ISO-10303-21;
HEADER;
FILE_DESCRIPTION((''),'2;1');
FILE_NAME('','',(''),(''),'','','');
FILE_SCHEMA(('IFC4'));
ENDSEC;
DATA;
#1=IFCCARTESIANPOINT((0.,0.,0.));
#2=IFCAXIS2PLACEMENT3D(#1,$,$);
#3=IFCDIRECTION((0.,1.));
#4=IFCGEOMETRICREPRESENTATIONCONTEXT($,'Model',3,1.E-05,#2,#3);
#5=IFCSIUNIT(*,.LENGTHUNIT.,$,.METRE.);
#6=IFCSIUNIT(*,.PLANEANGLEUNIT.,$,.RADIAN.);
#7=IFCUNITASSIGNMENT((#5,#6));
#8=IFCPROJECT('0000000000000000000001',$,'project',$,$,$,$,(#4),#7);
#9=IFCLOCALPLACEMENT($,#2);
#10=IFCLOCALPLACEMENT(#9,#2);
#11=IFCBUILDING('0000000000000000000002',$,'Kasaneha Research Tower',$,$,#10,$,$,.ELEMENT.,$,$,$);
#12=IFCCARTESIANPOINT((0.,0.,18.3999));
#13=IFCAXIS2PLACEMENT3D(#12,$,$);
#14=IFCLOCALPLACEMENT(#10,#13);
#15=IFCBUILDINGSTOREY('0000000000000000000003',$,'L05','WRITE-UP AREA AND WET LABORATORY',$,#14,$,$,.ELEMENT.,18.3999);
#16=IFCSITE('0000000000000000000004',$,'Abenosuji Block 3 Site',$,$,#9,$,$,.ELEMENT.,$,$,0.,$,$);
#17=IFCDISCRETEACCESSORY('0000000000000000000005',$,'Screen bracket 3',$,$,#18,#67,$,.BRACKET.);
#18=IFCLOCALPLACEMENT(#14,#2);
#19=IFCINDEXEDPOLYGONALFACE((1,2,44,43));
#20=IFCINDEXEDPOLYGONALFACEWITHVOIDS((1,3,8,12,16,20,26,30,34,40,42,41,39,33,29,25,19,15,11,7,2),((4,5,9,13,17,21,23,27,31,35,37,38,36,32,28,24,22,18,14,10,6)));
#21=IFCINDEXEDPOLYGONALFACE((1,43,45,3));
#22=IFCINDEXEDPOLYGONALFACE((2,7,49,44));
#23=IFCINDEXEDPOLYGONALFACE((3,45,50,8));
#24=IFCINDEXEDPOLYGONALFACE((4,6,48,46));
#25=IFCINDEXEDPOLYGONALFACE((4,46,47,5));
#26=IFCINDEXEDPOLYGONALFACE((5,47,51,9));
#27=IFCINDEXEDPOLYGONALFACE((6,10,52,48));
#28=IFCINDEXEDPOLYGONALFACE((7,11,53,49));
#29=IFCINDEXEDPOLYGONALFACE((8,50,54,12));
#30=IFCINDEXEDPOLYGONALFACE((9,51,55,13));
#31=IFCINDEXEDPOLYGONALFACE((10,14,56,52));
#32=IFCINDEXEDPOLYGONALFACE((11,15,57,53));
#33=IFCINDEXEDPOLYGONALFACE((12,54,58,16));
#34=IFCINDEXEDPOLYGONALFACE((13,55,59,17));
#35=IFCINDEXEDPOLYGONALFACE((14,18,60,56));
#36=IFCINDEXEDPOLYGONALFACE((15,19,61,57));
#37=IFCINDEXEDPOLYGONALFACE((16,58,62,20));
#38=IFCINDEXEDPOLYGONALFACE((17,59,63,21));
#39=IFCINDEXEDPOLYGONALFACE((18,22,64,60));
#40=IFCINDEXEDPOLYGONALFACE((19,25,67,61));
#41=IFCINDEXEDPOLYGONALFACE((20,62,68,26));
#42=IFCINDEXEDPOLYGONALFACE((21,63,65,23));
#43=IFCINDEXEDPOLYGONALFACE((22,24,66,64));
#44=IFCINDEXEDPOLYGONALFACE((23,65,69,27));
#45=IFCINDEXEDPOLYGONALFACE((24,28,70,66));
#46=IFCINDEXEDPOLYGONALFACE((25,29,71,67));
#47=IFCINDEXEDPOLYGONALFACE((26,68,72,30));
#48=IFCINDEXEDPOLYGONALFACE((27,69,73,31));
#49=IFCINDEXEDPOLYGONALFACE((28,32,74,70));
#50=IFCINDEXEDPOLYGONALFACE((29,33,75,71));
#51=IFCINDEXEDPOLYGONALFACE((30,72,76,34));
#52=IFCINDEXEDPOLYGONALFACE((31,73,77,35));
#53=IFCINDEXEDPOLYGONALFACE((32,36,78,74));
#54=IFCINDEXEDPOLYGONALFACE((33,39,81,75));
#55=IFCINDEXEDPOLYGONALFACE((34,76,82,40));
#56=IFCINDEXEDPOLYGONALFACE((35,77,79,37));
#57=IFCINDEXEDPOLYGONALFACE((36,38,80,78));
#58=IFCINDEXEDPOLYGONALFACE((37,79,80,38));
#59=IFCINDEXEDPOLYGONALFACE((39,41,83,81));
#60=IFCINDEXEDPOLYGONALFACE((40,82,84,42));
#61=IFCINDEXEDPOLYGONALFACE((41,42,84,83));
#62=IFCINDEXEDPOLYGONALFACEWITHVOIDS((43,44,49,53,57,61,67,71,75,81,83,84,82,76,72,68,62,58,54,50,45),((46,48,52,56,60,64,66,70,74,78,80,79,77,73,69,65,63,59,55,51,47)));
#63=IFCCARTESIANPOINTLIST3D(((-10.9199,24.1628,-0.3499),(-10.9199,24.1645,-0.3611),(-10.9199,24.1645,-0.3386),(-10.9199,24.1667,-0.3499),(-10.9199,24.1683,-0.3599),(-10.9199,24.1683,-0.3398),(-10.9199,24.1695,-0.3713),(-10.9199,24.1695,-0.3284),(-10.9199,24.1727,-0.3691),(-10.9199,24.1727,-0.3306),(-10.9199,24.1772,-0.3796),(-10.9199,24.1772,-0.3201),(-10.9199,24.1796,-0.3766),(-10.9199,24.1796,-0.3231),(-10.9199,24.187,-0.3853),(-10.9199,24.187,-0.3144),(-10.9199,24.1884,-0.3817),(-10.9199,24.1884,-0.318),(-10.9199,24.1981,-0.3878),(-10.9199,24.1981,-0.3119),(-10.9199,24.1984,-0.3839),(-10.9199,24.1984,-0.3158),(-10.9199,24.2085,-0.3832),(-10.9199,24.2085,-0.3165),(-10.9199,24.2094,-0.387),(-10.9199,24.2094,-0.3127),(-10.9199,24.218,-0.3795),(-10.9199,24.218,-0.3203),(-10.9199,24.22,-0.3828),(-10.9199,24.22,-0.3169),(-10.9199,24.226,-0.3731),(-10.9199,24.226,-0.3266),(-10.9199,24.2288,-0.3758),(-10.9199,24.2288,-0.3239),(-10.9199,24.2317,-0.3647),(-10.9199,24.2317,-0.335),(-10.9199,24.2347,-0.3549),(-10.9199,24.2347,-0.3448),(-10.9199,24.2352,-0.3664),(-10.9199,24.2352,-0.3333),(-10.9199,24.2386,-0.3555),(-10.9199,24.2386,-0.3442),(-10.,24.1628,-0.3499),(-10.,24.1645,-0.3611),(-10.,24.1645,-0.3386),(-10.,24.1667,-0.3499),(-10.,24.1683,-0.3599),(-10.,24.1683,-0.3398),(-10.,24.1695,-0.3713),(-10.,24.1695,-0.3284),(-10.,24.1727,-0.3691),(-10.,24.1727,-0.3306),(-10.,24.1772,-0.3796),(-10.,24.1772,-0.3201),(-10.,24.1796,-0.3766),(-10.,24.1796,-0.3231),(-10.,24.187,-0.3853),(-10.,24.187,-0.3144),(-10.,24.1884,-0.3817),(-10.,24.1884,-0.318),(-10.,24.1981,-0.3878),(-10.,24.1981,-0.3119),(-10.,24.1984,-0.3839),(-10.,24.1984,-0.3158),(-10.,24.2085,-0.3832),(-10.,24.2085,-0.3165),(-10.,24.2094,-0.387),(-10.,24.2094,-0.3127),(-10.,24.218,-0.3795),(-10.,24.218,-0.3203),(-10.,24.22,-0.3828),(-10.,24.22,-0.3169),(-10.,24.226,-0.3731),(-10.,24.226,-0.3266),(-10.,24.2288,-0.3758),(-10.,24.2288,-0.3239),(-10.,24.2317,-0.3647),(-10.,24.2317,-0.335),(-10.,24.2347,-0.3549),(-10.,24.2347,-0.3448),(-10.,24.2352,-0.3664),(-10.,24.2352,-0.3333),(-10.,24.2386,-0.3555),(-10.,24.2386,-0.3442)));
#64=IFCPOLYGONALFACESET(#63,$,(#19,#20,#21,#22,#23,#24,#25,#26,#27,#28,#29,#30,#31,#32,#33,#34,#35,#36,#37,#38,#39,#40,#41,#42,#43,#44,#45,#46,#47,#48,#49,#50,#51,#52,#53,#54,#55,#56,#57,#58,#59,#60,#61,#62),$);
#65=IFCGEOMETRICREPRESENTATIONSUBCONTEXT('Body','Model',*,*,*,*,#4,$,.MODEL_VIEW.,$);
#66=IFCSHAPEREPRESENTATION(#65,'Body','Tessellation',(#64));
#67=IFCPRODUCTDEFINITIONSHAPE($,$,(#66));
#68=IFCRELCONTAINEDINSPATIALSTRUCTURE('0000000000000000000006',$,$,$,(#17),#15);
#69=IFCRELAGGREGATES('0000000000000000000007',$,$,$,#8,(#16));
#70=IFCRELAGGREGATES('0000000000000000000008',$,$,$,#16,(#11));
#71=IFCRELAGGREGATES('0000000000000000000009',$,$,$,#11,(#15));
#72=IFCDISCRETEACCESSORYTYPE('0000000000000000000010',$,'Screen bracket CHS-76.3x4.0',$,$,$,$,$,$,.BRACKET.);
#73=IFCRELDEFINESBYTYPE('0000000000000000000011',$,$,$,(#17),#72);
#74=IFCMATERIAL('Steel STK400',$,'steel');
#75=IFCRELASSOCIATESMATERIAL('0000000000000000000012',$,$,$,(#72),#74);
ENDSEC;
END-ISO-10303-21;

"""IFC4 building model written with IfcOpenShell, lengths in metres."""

from ifc_helpers import new_model, si_unit, direction, frame, origin, origin_2d, place, context, subcontext, project, spatial, hollow_circle, extrude, material, material_profile, profile_set, type_object, element, save


model = new_model("IFC4")

# Units and contexts
model_context = context("Model", 3, precision=1e-05, world=origin(), true_north=direction((0.0, 1.0)))
body_context = subcontext(model_context, "Body", "Model", "MODEL_VIEW")
ifc_project = project(units=[si_unit("LENGTHUNIT", "METRE"), si_unit("PLANEANGLEUNIT", "RADIAN")], contexts=[model_context])

# Site, building, storey
site_placement = place(None, origin())
site = spatial("IfcSite", under=ifc_project, at=site_placement, Name="Abenosuji Block 3 Site", CompositionType="ELEMENT", RefElevation=0.0)
building_placement = place(site_placement, origin())
building = spatial("IfcBuilding", under=site, at=building_placement, Name="Kasaneha Research Tower", CompositionType="ELEMENT")
storey_placement = place(building_placement, frame((0.0, 0.0, 18.3999)))
storey = spatial("IfcBuildingStorey", under=building, at=storey_placement, Name="L05", Description="WRITE-UP AREA AND WET LABORATORY", CompositionType="ELEMENT", Elevation=18.3999)

# Discrete accessory
ifc_material_1 = material(Name="Steel STK400", Category="steel")
ifc_material_profile_1 = material_profile(ifc_material_1, hollow_circle(Radius=0.0381, WallThickness=0.0039, at=origin_2d()), Name="CHS-76.3x4.0")
ifc_profile_set_1 = profile_set([ifc_material_profile_1], Name="Steel STK400")
discrete_accessory_type = type_object("IfcDiscreteAccessoryType", Name="Screen bracket CHS-76.3x4.0", PredefinedType="BRACKET", material=ifc_profile_set_1)
for number, where, z_axis, x_axis, name in (
    (1, (-10.0, 24.2009, -0.3499), (-1.0, 0.0, 0.0), (0.0, -1.0, 0.0), "Screen bracket 3"),
):
    element("IfcDiscreteAccessory", number, at=place(storey_placement, frame(where, z_axis=z_axis, x_axis=x_axis)), inside=storey, type_object=discrete_accessory_type, Name=name, PredefinedType="BRACKET", context=body_context, shape_type="SweptSolid", body=[
        extrude(hollow_circle(Radius=0.0381, WallThickness=0.0039, at=origin_2d()), origin(), (0.0, 0.0, 1.0), 0.9199),
    ])

save(model, "model.ifc")
